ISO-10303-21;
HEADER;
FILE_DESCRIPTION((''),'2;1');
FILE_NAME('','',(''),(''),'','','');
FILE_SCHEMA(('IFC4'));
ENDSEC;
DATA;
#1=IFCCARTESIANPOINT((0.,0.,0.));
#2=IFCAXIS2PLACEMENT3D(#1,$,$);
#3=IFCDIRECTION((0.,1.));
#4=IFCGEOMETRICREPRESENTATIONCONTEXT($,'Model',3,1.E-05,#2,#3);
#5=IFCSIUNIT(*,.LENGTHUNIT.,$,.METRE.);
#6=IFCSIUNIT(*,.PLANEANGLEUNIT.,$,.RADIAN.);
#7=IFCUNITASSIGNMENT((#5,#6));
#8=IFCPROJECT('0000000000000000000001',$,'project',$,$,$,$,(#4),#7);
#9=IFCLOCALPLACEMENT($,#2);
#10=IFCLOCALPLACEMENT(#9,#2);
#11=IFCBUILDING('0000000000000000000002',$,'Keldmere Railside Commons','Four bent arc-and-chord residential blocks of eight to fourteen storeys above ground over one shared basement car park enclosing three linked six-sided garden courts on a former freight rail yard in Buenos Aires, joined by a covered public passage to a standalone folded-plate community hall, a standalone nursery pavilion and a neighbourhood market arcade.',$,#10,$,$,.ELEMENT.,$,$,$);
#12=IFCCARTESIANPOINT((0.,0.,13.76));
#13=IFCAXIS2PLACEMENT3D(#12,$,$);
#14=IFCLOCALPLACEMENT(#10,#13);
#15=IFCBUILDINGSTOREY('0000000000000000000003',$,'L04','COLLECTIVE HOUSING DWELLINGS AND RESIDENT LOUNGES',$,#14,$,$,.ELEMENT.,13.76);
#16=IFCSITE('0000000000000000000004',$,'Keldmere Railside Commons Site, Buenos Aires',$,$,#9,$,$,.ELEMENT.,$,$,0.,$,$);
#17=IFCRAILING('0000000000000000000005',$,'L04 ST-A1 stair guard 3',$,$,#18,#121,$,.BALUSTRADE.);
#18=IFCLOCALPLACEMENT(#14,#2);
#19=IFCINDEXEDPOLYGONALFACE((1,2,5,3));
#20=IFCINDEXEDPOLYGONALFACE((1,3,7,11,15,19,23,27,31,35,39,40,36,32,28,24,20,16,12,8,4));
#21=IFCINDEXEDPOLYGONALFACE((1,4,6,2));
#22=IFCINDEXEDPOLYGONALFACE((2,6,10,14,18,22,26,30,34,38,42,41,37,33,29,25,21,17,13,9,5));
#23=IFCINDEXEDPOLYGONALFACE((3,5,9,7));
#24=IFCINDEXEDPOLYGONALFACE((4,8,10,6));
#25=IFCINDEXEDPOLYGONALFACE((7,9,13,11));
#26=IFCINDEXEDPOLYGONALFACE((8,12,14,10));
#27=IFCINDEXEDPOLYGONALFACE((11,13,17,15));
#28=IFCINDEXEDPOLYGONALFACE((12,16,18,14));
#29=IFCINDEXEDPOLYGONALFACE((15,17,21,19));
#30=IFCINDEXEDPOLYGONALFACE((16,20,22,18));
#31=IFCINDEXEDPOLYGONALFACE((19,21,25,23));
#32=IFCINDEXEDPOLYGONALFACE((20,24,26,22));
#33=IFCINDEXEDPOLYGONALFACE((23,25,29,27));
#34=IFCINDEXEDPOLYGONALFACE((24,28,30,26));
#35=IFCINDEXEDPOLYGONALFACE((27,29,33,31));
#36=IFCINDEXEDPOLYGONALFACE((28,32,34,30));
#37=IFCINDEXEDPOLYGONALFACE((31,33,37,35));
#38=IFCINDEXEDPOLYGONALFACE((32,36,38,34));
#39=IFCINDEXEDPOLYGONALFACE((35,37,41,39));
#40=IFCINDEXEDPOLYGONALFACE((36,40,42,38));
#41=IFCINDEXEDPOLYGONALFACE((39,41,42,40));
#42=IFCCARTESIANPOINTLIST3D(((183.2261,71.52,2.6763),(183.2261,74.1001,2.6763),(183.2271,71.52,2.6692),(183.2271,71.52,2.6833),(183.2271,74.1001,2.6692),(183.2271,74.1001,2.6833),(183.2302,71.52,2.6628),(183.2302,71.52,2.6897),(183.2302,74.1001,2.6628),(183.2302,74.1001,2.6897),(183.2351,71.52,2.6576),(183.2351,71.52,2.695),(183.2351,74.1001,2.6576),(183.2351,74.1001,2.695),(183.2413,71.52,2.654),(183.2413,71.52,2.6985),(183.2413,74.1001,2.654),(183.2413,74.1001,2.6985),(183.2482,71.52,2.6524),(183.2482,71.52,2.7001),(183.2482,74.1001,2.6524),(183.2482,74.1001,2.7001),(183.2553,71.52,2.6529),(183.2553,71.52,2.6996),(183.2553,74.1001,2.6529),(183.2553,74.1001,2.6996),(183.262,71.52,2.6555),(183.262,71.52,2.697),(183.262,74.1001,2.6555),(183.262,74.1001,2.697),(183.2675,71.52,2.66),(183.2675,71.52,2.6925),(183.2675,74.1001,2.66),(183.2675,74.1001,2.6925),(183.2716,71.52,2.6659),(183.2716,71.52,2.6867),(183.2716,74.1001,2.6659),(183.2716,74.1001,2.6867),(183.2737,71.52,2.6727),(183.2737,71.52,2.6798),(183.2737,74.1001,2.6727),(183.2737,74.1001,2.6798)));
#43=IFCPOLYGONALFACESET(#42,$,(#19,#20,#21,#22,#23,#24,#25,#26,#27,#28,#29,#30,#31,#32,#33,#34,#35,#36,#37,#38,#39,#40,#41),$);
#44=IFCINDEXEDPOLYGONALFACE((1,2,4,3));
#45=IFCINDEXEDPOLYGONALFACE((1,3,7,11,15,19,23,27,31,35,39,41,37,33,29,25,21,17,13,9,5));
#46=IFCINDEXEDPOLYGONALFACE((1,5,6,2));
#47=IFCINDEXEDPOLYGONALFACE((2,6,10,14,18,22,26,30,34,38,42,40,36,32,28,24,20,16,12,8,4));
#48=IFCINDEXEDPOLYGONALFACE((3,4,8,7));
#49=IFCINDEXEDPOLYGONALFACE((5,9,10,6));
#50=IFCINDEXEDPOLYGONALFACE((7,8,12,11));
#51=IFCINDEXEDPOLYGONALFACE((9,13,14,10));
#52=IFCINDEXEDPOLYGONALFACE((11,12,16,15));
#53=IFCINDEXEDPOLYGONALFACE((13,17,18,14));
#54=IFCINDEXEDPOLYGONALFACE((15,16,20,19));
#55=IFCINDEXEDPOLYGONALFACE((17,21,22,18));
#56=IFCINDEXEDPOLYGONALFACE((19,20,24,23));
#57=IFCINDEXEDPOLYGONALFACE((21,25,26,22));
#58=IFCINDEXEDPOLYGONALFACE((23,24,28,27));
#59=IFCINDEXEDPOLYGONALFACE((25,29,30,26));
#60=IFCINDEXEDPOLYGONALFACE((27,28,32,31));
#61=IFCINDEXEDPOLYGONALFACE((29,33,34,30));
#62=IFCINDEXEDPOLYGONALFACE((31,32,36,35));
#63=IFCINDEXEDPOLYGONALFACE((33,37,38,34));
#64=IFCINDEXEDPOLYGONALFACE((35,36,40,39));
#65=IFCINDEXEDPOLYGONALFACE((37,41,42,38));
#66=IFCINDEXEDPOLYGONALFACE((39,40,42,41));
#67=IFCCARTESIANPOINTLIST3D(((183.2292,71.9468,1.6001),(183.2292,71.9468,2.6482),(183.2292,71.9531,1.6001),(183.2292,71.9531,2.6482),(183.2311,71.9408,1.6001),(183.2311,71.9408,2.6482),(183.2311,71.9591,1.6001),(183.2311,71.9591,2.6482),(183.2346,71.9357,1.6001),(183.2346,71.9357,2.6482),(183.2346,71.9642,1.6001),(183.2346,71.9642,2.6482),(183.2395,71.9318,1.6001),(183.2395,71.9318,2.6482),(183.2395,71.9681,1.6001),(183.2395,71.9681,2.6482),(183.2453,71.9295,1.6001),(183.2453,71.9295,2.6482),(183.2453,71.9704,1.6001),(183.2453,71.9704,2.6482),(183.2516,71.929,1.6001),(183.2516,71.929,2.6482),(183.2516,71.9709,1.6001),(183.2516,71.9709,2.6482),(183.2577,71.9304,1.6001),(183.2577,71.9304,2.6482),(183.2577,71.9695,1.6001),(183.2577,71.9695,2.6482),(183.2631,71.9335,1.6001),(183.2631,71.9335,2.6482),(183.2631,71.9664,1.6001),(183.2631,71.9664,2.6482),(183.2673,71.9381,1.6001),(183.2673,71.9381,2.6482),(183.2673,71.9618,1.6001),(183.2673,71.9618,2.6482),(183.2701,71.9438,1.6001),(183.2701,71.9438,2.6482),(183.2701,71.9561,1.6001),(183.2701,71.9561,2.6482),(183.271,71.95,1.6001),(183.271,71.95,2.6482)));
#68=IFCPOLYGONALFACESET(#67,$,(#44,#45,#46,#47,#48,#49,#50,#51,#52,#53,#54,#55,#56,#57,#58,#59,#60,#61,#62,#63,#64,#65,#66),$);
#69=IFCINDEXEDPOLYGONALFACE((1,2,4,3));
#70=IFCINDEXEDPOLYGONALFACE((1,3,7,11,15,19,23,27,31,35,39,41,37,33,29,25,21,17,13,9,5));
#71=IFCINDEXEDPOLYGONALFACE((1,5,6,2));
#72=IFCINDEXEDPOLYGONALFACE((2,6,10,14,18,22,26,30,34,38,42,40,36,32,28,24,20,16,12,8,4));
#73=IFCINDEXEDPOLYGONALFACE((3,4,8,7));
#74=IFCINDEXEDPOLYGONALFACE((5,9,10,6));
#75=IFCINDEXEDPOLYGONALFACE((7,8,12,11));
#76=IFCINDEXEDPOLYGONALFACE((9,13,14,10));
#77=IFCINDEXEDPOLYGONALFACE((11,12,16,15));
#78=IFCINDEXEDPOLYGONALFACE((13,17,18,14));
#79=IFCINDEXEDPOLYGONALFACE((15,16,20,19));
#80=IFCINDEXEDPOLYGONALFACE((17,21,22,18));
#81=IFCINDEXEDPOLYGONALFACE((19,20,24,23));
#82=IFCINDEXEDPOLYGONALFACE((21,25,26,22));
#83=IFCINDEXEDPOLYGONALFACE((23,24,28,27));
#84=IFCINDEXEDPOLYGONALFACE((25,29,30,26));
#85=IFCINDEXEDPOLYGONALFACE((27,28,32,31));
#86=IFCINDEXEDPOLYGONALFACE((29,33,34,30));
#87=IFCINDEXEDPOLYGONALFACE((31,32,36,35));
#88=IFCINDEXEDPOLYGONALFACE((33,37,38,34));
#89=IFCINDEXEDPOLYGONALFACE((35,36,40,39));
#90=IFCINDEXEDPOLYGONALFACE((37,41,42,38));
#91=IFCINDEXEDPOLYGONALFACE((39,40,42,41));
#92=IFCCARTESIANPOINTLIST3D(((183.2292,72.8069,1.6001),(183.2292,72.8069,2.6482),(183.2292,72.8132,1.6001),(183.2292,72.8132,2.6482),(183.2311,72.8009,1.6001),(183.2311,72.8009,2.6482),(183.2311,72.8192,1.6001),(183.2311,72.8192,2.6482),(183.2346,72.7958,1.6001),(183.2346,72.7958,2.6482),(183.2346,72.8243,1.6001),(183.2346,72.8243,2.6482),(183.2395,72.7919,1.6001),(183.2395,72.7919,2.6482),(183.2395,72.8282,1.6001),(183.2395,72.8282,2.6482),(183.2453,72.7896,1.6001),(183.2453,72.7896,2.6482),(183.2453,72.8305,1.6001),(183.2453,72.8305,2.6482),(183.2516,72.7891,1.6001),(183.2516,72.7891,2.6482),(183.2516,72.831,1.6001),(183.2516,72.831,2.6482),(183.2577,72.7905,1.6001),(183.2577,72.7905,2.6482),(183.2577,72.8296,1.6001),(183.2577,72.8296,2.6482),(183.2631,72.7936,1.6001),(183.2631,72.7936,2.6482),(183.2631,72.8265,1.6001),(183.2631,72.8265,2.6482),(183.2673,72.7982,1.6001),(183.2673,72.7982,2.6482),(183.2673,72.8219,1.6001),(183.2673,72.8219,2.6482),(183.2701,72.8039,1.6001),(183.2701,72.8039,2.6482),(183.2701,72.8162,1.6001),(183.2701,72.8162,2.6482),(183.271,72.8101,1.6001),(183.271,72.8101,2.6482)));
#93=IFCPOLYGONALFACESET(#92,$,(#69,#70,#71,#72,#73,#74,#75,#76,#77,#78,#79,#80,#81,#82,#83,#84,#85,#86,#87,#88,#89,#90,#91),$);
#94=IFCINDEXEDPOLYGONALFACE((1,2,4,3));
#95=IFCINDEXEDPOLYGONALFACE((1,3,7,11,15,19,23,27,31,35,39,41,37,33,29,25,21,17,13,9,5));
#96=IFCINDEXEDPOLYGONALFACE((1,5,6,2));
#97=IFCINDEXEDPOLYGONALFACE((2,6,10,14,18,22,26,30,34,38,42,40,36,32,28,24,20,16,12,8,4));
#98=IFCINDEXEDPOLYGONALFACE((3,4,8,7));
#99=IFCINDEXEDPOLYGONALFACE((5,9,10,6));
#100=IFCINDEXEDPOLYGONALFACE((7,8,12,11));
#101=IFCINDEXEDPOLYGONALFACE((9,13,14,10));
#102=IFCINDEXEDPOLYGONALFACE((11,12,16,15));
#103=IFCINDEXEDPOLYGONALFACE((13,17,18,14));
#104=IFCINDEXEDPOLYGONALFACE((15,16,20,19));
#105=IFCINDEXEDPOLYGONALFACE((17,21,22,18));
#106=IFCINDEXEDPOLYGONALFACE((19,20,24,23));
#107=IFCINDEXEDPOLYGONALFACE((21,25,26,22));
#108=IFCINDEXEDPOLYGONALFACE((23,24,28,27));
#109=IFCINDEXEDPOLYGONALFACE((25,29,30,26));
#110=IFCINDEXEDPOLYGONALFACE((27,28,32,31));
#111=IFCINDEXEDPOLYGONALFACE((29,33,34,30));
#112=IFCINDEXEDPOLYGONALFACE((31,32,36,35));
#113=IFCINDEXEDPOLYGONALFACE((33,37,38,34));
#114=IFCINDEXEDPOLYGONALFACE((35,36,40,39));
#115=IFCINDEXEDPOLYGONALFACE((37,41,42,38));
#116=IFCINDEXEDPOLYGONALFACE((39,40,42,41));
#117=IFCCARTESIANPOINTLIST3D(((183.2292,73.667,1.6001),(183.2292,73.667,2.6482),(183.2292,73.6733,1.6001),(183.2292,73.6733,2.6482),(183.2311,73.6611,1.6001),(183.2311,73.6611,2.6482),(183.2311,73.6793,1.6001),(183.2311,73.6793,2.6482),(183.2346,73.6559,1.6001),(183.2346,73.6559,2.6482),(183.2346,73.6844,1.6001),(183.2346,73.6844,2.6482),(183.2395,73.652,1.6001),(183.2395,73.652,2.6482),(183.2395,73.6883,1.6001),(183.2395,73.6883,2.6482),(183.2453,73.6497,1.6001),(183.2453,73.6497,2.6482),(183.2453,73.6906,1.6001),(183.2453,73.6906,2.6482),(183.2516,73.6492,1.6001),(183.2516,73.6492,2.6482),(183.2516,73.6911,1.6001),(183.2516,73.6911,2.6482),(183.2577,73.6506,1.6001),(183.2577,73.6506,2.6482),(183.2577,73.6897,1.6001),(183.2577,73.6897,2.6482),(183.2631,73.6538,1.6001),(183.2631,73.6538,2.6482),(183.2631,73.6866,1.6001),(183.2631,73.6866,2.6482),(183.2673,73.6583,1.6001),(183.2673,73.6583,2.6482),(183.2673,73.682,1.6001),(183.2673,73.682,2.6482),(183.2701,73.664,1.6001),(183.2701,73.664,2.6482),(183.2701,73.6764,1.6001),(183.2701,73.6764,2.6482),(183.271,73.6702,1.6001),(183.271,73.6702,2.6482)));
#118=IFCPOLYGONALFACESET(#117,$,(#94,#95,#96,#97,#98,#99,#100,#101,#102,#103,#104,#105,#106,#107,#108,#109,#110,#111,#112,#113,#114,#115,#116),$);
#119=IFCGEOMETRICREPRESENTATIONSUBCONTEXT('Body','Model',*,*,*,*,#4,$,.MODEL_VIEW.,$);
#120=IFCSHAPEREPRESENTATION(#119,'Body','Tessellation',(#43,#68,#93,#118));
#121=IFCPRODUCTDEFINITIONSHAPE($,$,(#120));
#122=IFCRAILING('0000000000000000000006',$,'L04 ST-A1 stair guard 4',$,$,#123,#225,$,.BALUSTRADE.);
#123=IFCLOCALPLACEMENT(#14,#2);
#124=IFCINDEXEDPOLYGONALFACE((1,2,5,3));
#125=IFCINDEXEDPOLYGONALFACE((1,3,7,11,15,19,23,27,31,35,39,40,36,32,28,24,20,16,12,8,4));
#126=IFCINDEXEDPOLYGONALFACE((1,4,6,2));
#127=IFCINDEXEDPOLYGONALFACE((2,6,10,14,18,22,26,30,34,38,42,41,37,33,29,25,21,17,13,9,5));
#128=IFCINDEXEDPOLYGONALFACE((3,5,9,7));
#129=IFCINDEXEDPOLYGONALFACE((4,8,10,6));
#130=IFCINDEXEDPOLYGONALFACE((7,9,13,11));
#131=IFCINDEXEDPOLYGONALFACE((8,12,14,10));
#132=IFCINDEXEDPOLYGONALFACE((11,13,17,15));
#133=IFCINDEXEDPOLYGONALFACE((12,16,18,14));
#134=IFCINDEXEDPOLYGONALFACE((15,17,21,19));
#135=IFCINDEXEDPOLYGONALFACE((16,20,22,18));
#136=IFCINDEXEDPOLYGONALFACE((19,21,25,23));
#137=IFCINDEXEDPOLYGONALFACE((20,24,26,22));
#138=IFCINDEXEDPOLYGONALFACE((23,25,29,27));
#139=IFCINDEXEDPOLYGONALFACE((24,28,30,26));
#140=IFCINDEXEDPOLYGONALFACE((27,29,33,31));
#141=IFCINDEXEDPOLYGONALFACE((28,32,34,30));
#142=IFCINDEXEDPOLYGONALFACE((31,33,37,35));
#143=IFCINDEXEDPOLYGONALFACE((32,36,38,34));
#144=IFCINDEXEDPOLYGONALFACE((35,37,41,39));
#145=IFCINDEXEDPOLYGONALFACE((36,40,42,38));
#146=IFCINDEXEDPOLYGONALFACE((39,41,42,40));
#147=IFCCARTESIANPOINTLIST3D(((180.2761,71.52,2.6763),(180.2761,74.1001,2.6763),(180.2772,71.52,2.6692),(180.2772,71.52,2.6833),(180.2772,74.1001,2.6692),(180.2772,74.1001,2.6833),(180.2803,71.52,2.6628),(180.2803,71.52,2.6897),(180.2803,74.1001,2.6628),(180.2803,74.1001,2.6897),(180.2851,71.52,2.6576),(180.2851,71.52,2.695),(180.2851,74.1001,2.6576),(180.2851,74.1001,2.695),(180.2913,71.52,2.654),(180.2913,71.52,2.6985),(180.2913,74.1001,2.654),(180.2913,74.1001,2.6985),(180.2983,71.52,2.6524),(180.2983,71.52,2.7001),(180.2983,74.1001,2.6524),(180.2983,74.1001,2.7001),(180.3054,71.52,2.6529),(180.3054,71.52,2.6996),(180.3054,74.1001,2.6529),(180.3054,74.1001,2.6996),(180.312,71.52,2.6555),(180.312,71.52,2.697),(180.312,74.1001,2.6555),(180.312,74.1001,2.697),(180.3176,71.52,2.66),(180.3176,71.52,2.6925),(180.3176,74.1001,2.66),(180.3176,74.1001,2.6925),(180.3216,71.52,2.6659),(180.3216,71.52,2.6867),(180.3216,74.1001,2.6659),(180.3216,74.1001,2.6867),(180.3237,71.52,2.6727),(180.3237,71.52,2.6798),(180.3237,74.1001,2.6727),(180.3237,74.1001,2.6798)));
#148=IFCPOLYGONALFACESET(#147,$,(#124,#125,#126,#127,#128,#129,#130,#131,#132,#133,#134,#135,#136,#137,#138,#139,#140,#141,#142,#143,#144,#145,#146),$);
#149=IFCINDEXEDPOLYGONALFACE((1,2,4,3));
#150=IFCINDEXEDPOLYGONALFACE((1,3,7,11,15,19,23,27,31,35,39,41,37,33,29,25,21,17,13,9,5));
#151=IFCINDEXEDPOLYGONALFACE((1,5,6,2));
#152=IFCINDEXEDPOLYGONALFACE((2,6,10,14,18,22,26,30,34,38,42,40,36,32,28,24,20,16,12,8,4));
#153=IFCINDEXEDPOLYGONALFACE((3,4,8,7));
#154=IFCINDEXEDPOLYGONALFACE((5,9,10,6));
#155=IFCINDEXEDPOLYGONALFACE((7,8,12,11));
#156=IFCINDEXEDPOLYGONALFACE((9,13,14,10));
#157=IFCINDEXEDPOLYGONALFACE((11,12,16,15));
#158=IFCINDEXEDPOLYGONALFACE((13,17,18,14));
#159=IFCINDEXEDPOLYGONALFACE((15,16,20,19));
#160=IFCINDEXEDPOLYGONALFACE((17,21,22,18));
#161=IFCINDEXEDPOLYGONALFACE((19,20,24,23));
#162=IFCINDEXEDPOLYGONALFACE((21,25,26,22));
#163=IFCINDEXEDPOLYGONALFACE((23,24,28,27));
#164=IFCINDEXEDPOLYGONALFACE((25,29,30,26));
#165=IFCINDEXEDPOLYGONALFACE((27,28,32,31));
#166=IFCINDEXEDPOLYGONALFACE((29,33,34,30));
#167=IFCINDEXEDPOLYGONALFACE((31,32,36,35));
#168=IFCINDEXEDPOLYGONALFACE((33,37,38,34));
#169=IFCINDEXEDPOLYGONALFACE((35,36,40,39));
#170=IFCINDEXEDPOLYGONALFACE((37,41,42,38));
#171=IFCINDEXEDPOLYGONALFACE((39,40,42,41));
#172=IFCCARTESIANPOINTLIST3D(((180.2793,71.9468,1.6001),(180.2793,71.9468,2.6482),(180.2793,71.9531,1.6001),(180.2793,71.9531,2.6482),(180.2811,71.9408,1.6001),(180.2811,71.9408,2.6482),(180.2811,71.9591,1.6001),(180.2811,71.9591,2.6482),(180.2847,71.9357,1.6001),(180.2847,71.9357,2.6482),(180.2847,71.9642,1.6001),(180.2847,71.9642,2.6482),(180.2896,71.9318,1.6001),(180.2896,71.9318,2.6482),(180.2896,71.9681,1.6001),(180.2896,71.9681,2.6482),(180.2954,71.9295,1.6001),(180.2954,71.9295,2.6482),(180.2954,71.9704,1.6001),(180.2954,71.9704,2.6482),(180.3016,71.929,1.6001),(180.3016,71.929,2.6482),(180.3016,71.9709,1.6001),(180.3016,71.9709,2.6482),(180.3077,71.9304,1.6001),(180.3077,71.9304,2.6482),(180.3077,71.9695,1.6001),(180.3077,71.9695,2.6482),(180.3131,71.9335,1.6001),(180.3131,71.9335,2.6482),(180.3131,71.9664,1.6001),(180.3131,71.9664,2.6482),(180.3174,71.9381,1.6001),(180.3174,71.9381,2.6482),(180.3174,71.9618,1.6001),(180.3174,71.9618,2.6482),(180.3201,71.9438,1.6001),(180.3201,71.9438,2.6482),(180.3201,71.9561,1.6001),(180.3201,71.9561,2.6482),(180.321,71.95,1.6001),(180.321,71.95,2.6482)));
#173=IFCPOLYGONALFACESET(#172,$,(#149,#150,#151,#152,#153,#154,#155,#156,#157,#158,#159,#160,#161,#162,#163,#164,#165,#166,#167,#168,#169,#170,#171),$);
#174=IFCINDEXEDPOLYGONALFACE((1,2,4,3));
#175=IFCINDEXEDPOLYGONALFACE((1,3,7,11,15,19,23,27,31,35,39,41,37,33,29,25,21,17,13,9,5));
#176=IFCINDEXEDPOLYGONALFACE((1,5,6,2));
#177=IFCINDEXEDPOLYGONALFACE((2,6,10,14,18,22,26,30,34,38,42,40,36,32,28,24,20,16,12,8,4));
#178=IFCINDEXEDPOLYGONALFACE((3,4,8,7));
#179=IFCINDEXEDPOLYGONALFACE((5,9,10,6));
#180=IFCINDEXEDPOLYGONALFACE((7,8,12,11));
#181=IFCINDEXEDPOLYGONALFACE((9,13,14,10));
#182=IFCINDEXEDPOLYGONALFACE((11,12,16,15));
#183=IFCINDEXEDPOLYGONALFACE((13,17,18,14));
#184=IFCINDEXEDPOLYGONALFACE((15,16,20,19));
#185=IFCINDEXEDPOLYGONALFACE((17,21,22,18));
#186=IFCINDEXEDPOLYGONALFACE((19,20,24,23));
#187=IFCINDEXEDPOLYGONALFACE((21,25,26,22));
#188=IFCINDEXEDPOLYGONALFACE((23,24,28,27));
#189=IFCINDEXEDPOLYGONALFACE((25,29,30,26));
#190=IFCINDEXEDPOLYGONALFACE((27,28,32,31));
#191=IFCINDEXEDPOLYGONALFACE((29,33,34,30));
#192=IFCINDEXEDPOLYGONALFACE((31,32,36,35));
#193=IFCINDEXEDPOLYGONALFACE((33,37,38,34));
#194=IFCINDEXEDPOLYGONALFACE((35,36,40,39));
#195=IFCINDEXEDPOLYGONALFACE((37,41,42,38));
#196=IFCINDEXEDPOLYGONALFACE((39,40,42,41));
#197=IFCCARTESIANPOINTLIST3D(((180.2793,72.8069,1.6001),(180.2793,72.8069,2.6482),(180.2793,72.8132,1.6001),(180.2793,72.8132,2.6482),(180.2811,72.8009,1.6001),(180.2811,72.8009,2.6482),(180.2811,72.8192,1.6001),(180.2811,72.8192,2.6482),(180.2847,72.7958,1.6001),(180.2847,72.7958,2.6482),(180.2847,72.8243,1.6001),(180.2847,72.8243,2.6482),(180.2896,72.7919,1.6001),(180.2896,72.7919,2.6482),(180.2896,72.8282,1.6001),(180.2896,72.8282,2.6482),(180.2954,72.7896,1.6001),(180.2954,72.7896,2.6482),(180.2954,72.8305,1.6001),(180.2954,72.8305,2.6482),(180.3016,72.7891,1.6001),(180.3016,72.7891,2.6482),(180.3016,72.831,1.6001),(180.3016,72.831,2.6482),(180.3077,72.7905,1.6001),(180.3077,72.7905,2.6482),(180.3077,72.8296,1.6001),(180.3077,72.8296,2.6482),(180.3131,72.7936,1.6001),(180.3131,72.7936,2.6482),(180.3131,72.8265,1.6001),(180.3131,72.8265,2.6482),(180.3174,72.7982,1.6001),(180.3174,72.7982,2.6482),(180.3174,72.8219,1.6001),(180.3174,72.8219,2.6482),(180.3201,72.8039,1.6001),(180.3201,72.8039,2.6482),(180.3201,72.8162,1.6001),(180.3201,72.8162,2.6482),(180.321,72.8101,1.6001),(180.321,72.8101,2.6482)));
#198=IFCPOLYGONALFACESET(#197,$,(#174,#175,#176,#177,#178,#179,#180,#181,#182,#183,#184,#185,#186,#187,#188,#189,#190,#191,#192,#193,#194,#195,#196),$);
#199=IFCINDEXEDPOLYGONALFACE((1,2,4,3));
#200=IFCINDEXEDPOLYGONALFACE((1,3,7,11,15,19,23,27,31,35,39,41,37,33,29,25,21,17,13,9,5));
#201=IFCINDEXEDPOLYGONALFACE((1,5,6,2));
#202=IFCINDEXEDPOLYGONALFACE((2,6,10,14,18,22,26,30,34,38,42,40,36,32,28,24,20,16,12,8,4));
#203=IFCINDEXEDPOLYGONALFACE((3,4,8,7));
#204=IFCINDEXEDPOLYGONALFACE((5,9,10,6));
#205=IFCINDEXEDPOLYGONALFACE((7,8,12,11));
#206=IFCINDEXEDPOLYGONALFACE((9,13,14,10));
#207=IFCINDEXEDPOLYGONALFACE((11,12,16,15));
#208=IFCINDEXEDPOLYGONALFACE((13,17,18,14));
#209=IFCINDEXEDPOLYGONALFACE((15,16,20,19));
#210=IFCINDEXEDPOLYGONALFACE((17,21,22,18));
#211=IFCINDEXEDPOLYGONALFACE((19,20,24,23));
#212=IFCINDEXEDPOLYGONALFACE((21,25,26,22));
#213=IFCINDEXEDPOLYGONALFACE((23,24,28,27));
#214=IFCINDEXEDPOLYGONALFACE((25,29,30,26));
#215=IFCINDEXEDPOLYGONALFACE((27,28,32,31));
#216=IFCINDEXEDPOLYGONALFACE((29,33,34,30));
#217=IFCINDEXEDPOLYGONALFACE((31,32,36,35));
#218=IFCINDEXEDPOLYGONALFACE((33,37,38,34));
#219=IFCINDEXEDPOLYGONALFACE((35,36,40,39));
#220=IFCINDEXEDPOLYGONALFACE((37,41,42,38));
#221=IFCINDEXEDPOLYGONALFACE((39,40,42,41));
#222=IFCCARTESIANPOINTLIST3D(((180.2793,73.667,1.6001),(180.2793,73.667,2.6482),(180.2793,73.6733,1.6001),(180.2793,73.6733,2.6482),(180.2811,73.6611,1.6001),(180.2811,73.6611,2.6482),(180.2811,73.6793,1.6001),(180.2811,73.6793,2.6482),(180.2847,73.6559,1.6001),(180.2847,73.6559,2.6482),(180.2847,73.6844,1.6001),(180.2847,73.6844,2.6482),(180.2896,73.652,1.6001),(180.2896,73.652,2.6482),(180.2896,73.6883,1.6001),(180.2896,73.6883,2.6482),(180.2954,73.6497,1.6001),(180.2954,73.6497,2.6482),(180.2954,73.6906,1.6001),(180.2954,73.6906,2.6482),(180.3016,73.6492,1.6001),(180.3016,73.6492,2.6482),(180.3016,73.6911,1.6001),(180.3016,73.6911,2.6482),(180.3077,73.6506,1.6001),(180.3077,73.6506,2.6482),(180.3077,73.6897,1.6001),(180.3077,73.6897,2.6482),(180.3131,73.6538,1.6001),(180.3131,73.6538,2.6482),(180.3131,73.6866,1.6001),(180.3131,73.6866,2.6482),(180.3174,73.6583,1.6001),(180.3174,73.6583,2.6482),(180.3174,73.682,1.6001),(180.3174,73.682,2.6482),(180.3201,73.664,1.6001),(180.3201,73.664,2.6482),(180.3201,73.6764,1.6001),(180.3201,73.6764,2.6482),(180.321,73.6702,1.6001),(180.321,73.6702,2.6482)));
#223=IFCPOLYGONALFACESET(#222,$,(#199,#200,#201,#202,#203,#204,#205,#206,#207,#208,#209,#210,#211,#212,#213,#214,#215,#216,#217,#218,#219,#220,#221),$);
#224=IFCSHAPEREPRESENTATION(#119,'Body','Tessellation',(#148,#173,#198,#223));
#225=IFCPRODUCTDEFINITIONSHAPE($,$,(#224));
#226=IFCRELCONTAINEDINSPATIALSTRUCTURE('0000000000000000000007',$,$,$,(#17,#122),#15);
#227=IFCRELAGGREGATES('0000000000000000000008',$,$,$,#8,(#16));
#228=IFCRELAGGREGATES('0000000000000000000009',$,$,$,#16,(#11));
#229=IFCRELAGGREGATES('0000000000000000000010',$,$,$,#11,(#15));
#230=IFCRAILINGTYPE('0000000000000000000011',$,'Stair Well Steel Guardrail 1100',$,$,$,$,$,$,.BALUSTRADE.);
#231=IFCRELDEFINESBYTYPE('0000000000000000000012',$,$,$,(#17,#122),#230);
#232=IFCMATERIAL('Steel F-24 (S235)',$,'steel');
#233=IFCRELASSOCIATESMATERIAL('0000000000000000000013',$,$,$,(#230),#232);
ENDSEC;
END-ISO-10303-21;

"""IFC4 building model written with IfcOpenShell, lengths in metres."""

from ifc_helpers import new_model, si_unit, direction, frame, origin, origin_2d, place, context, subcontext, project, spatial, circle, extrude, material, type_object, element, save


model = new_model("IFC4")

# Units and contexts
model_context = context("Model", 3, precision=1e-05, world=origin(), true_north=direction((0.0, 1.0)))
body_context = subcontext(model_context, "Body", "Model", "MODEL_VIEW")
ifc_project = project(units=[si_unit("LENGTHUNIT", "METRE"), si_unit("PLANEANGLEUNIT", "RADIAN")], contexts=[model_context])

# Site, building, storey
site_placement = place(None, origin())
site = spatial("IfcSite", under=ifc_project, at=site_placement, Name="Keldmere Railside Commons Site, Buenos Aires", CompositionType="ELEMENT", RefElevation=0.0)
building_placement = place(site_placement, origin())
building = spatial("IfcBuilding", under=site, at=building_placement, Name="Keldmere Railside Commons", Description="Four bent arc-and-chord residential blocks of eight to fourteen storeys above ground over one shared basement car park enclosing three linked six-sided garden courts on a former freight rail yard in Buenos Aires, joined by a covered public passage to a standalone folded-plate community hall, a standalone nursery pavilion and a neighbourhood market arcade.", CompositionType="ELEMENT")
storey_placement = place(building_placement, frame((0.0, 0.0, 13.76)))
storey = spatial("IfcBuildingStorey", under=building, at=storey_placement, Name="L04", Description="COLLECTIVE HOUSING DWELLINGS AND RESIDENT LOUNGES", CompositionType="ELEMENT", Elevation=13.76)

# Shared definitions
ifc_material_1 = material(Name="Steel F-24 (S235)", Category="steel")

# Railings
railing_type_1 = type_object("IfcRailingType", Name="Stair Well Steel Guardrail 1100", PredefinedType="BALUSTRADE", material=ifc_material_1)
for number, where, name in (
    (1, (183.25, 71.52, 1.6001), "L04 ST-A1 stair guard 3"),
    (2, (180.3, 71.52, 1.6001), "L04 ST-A1 stair guard 4"),
):
    element("IfcRailing", number, at=place(storey_placement, frame(where)), inside=storey, type_object=railing_type_1, Name=name, PredefinedType="BALUSTRADE", context=body_context, shape_type="SweptSolid", body=[
        extrude(circle(Radius=0.0239, at=origin_2d()), frame((0.0, 0.0, 1.0762), z_axis=(0.0, 1.0, 0.0), x_axis=(-1.0, 0.0, 0.0)), (0.0, 0.0, 1.0), 2.5801),
        extrude(circle(Radius=0.021, at=origin_2d()), frame((0.0, 0.4299, 0.0)), (0.0, 0.0, 1.0), 1.0481),
        extrude(circle(Radius=0.021, at=origin_2d()), frame((0.0, 1.29, 0.0)), (0.0, 0.0, 1.0), 1.0481),
        extrude(circle(Radius=0.021, at=origin_2d()), frame((0.0, 2.1501, 0.0)), (0.0, 0.0, 1.0), 1.0481),
    ])

save(model, "model.ifc")
